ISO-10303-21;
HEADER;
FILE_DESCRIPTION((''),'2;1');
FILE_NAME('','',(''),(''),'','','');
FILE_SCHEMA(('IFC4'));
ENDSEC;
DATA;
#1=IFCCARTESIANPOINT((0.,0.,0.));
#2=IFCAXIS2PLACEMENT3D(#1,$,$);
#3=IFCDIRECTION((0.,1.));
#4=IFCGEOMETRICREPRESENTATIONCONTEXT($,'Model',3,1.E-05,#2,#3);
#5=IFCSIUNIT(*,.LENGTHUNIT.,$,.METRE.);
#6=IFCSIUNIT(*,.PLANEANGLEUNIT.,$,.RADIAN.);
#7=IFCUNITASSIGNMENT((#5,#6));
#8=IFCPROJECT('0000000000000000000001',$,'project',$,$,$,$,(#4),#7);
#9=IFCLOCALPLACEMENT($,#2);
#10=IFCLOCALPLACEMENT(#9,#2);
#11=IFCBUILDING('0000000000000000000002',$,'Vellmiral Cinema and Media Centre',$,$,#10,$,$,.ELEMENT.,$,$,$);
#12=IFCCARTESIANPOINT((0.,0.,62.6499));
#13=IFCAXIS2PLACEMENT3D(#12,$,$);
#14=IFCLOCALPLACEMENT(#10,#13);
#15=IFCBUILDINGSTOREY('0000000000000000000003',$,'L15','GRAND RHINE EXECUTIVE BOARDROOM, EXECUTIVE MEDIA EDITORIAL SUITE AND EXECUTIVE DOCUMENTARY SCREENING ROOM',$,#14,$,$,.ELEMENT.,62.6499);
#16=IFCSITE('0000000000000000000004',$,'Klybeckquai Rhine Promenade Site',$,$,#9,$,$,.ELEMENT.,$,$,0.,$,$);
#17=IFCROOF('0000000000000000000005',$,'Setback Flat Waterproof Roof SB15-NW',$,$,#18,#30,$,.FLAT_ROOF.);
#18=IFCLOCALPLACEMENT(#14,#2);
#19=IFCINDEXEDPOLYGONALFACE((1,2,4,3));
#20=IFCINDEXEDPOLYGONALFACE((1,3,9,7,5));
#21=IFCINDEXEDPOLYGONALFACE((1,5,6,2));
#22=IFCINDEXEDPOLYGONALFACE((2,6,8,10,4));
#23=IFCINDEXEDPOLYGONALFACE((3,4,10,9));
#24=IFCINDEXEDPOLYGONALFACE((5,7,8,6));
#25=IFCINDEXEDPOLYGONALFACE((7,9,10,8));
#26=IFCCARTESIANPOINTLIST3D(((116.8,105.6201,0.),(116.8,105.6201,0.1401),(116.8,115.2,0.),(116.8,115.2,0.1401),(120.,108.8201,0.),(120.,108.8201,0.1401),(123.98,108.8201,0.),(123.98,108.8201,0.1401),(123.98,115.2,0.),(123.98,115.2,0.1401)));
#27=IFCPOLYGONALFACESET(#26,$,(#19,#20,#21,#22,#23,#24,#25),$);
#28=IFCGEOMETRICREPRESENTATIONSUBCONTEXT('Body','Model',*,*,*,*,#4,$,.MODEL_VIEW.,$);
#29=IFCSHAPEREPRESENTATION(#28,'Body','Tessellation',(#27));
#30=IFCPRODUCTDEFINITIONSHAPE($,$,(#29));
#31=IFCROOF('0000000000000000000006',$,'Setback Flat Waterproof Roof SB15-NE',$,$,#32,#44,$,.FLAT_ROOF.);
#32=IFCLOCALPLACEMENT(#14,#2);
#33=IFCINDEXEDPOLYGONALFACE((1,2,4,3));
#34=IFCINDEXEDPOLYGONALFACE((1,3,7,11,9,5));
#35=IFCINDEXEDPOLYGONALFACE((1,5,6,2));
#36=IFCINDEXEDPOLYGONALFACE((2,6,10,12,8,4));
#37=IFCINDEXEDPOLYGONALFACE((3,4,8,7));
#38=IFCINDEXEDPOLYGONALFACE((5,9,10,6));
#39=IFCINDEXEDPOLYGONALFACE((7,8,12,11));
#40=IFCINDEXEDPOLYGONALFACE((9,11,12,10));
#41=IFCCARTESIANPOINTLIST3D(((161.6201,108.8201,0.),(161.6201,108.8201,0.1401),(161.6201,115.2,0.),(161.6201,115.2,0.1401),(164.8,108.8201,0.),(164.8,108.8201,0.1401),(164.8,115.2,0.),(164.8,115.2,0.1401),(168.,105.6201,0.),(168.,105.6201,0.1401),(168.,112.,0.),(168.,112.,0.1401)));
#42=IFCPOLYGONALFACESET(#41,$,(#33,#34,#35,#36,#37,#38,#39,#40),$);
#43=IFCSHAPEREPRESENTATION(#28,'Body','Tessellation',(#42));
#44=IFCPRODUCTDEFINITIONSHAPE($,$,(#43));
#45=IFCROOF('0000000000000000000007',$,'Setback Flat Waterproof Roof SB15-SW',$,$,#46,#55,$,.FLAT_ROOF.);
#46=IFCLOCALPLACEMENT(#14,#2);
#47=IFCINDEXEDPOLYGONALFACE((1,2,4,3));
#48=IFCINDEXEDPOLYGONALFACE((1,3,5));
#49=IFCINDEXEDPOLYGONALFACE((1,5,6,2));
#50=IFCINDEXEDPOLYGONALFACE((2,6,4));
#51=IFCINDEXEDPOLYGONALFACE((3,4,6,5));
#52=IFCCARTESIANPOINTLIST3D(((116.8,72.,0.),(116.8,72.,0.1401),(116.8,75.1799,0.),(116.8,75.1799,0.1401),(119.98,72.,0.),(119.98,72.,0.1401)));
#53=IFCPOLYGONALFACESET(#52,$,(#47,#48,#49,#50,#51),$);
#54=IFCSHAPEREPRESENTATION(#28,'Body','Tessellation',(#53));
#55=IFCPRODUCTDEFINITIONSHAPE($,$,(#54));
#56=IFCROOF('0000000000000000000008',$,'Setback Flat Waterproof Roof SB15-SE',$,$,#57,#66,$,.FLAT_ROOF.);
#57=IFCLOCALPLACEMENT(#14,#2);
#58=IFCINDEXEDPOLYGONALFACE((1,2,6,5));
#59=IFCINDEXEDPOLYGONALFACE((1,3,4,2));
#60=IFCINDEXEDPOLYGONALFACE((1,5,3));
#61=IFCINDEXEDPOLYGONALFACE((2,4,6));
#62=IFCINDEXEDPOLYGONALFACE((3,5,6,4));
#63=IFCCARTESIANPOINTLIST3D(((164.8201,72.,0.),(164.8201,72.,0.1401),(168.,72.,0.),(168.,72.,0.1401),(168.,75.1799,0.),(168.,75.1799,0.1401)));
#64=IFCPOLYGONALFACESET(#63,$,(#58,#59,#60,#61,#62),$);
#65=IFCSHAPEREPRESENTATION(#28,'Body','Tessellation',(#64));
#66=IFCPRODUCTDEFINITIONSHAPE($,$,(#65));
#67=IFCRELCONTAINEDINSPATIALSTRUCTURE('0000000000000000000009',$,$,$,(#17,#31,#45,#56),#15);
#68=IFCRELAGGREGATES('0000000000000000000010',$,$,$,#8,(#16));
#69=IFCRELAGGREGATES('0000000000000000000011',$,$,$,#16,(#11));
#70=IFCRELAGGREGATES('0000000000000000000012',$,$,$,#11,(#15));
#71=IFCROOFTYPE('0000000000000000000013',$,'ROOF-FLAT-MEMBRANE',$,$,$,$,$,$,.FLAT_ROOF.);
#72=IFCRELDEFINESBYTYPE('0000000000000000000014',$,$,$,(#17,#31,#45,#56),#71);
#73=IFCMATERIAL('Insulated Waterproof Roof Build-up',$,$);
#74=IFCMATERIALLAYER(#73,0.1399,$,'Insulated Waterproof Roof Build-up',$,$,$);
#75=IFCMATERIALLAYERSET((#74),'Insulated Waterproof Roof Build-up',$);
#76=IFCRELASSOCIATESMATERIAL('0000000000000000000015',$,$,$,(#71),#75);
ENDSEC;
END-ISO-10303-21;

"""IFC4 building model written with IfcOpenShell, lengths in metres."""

from ifc_helpers import new_model, si_unit, direction, frame, origin, place, context, subcontext, project, spatial, polyline, outline, extrude, material, layer, layer_set, type_object, element, save


model = new_model("IFC4")

# Units and contexts
model_context = context("Model", 3, precision=1e-05, world=origin(), true_north=direction((0.0, 1.0)))
body_context = subcontext(model_context, "Body", "Model", "MODEL_VIEW")
ifc_project = project(units=[si_unit("LENGTHUNIT", "METRE"), si_unit("PLANEANGLEUNIT", "RADIAN")], contexts=[model_context])

# Site, building, storey
site_placement = place(None, origin())
site = spatial("IfcSite", under=ifc_project, at=site_placement, Name="Klybeckquai Rhine Promenade Site", CompositionType="ELEMENT", RefElevation=0.0)
building_placement = place(site_placement, origin())
building = spatial("IfcBuilding", under=site, at=building_placement, Name="Vellmiral Cinema and Media Centre", CompositionType="ELEMENT")
storey_placement = place(building_placement, frame((0.0, 0.0, 62.6499)))
storey = spatial("IfcBuildingStorey", under=building, at=storey_placement, Name="L15", Description="GRAND RHINE EXECUTIVE BOARDROOM, EXECUTIVE MEDIA EDITORIAL SUITE AND EXECUTIVE DOCUMENTARY SCREENING ROOM", CompositionType="ELEMENT", Elevation=62.6499)

# Roofs
ifc_material_1 = material(Name="Insulated Waterproof Roof Build-up")
ifc_layer_1 = layer(ifc_material_1, 0.1399, Name="Insulated Waterproof Roof Build-up")
ifc_layer_set_1 = layer_set([ifc_layer_1], Name="Insulated Waterproof Roof Build-up")
roof_type = type_object("IfcRoofType", Name="ROOF-FLAT-MEMBRANE", PredefinedType="FLAT_ROOF", material=ifc_layer_set_1)
roof_1_placement = place(storey_placement, origin())
element("IfcRoof", 1, at=roof_1_placement, inside=storey, type_object=roof_type, Name="Setback Flat Waterproof Roof SB15-NW", PredefinedType="FLAT_ROOF", context=body_context, shape_type="SweptSolid", body=[
    extrude(outline(polyline([(116.8, 105.6201), (120.0, 108.8201), (123.98, 108.8201), (123.98, 115.2), (116.8, 115.2), (116.8, 105.6201)])), origin(), (0.0, 0.0, 1.0), 0.1401),
])
roof_2_placement = place(storey_placement, origin())
element("IfcRoof", 2, at=roof_2_placement, inside=storey, type_object=roof_type, Name="Setback Flat Waterproof Roof SB15-NE", PredefinedType="FLAT_ROOF", context=body_context, shape_type="SweptSolid", body=[
    extrude(outline(polyline([(161.6201, 108.8201), (164.8, 108.8201), (168.0, 105.6201), (168.0, 112.0), (164.8, 115.2), (161.6201, 115.2), (161.6201, 108.8201)])), origin(), (0.0, 0.0, 1.0), 0.1401),
])
roof_3_placement = place(storey_placement, origin())
element("IfcRoof", 3, at=roof_3_placement, inside=storey, type_object=roof_type, Name="Setback Flat Waterproof Roof SB15-SW", PredefinedType="FLAT_ROOF", context=body_context, shape_type="SweptSolid", body=[
    extrude(outline(polyline([(116.8, 72.0), (119.98, 72.0), (116.8, 75.1799), (116.8, 72.0)])), origin(), (0.0, 0.0, 1.0), 0.1401),
])
roof_4_placement = place(storey_placement, origin())
element("IfcRoof", 4, at=roof_4_placement, inside=storey, type_object=roof_type, Name="Setback Flat Waterproof Roof SB15-SE", PredefinedType="FLAT_ROOF", context=body_context, shape_type="SweptSolid", body=[
    extrude(outline(polyline([(164.8201, 72.0), (168.0, 72.0), (168.0, 75.1799), (164.8201, 72.0)])), origin(), (0.0, 0.0, 1.0), 0.1401),
])

save(model, "model.ifc")
